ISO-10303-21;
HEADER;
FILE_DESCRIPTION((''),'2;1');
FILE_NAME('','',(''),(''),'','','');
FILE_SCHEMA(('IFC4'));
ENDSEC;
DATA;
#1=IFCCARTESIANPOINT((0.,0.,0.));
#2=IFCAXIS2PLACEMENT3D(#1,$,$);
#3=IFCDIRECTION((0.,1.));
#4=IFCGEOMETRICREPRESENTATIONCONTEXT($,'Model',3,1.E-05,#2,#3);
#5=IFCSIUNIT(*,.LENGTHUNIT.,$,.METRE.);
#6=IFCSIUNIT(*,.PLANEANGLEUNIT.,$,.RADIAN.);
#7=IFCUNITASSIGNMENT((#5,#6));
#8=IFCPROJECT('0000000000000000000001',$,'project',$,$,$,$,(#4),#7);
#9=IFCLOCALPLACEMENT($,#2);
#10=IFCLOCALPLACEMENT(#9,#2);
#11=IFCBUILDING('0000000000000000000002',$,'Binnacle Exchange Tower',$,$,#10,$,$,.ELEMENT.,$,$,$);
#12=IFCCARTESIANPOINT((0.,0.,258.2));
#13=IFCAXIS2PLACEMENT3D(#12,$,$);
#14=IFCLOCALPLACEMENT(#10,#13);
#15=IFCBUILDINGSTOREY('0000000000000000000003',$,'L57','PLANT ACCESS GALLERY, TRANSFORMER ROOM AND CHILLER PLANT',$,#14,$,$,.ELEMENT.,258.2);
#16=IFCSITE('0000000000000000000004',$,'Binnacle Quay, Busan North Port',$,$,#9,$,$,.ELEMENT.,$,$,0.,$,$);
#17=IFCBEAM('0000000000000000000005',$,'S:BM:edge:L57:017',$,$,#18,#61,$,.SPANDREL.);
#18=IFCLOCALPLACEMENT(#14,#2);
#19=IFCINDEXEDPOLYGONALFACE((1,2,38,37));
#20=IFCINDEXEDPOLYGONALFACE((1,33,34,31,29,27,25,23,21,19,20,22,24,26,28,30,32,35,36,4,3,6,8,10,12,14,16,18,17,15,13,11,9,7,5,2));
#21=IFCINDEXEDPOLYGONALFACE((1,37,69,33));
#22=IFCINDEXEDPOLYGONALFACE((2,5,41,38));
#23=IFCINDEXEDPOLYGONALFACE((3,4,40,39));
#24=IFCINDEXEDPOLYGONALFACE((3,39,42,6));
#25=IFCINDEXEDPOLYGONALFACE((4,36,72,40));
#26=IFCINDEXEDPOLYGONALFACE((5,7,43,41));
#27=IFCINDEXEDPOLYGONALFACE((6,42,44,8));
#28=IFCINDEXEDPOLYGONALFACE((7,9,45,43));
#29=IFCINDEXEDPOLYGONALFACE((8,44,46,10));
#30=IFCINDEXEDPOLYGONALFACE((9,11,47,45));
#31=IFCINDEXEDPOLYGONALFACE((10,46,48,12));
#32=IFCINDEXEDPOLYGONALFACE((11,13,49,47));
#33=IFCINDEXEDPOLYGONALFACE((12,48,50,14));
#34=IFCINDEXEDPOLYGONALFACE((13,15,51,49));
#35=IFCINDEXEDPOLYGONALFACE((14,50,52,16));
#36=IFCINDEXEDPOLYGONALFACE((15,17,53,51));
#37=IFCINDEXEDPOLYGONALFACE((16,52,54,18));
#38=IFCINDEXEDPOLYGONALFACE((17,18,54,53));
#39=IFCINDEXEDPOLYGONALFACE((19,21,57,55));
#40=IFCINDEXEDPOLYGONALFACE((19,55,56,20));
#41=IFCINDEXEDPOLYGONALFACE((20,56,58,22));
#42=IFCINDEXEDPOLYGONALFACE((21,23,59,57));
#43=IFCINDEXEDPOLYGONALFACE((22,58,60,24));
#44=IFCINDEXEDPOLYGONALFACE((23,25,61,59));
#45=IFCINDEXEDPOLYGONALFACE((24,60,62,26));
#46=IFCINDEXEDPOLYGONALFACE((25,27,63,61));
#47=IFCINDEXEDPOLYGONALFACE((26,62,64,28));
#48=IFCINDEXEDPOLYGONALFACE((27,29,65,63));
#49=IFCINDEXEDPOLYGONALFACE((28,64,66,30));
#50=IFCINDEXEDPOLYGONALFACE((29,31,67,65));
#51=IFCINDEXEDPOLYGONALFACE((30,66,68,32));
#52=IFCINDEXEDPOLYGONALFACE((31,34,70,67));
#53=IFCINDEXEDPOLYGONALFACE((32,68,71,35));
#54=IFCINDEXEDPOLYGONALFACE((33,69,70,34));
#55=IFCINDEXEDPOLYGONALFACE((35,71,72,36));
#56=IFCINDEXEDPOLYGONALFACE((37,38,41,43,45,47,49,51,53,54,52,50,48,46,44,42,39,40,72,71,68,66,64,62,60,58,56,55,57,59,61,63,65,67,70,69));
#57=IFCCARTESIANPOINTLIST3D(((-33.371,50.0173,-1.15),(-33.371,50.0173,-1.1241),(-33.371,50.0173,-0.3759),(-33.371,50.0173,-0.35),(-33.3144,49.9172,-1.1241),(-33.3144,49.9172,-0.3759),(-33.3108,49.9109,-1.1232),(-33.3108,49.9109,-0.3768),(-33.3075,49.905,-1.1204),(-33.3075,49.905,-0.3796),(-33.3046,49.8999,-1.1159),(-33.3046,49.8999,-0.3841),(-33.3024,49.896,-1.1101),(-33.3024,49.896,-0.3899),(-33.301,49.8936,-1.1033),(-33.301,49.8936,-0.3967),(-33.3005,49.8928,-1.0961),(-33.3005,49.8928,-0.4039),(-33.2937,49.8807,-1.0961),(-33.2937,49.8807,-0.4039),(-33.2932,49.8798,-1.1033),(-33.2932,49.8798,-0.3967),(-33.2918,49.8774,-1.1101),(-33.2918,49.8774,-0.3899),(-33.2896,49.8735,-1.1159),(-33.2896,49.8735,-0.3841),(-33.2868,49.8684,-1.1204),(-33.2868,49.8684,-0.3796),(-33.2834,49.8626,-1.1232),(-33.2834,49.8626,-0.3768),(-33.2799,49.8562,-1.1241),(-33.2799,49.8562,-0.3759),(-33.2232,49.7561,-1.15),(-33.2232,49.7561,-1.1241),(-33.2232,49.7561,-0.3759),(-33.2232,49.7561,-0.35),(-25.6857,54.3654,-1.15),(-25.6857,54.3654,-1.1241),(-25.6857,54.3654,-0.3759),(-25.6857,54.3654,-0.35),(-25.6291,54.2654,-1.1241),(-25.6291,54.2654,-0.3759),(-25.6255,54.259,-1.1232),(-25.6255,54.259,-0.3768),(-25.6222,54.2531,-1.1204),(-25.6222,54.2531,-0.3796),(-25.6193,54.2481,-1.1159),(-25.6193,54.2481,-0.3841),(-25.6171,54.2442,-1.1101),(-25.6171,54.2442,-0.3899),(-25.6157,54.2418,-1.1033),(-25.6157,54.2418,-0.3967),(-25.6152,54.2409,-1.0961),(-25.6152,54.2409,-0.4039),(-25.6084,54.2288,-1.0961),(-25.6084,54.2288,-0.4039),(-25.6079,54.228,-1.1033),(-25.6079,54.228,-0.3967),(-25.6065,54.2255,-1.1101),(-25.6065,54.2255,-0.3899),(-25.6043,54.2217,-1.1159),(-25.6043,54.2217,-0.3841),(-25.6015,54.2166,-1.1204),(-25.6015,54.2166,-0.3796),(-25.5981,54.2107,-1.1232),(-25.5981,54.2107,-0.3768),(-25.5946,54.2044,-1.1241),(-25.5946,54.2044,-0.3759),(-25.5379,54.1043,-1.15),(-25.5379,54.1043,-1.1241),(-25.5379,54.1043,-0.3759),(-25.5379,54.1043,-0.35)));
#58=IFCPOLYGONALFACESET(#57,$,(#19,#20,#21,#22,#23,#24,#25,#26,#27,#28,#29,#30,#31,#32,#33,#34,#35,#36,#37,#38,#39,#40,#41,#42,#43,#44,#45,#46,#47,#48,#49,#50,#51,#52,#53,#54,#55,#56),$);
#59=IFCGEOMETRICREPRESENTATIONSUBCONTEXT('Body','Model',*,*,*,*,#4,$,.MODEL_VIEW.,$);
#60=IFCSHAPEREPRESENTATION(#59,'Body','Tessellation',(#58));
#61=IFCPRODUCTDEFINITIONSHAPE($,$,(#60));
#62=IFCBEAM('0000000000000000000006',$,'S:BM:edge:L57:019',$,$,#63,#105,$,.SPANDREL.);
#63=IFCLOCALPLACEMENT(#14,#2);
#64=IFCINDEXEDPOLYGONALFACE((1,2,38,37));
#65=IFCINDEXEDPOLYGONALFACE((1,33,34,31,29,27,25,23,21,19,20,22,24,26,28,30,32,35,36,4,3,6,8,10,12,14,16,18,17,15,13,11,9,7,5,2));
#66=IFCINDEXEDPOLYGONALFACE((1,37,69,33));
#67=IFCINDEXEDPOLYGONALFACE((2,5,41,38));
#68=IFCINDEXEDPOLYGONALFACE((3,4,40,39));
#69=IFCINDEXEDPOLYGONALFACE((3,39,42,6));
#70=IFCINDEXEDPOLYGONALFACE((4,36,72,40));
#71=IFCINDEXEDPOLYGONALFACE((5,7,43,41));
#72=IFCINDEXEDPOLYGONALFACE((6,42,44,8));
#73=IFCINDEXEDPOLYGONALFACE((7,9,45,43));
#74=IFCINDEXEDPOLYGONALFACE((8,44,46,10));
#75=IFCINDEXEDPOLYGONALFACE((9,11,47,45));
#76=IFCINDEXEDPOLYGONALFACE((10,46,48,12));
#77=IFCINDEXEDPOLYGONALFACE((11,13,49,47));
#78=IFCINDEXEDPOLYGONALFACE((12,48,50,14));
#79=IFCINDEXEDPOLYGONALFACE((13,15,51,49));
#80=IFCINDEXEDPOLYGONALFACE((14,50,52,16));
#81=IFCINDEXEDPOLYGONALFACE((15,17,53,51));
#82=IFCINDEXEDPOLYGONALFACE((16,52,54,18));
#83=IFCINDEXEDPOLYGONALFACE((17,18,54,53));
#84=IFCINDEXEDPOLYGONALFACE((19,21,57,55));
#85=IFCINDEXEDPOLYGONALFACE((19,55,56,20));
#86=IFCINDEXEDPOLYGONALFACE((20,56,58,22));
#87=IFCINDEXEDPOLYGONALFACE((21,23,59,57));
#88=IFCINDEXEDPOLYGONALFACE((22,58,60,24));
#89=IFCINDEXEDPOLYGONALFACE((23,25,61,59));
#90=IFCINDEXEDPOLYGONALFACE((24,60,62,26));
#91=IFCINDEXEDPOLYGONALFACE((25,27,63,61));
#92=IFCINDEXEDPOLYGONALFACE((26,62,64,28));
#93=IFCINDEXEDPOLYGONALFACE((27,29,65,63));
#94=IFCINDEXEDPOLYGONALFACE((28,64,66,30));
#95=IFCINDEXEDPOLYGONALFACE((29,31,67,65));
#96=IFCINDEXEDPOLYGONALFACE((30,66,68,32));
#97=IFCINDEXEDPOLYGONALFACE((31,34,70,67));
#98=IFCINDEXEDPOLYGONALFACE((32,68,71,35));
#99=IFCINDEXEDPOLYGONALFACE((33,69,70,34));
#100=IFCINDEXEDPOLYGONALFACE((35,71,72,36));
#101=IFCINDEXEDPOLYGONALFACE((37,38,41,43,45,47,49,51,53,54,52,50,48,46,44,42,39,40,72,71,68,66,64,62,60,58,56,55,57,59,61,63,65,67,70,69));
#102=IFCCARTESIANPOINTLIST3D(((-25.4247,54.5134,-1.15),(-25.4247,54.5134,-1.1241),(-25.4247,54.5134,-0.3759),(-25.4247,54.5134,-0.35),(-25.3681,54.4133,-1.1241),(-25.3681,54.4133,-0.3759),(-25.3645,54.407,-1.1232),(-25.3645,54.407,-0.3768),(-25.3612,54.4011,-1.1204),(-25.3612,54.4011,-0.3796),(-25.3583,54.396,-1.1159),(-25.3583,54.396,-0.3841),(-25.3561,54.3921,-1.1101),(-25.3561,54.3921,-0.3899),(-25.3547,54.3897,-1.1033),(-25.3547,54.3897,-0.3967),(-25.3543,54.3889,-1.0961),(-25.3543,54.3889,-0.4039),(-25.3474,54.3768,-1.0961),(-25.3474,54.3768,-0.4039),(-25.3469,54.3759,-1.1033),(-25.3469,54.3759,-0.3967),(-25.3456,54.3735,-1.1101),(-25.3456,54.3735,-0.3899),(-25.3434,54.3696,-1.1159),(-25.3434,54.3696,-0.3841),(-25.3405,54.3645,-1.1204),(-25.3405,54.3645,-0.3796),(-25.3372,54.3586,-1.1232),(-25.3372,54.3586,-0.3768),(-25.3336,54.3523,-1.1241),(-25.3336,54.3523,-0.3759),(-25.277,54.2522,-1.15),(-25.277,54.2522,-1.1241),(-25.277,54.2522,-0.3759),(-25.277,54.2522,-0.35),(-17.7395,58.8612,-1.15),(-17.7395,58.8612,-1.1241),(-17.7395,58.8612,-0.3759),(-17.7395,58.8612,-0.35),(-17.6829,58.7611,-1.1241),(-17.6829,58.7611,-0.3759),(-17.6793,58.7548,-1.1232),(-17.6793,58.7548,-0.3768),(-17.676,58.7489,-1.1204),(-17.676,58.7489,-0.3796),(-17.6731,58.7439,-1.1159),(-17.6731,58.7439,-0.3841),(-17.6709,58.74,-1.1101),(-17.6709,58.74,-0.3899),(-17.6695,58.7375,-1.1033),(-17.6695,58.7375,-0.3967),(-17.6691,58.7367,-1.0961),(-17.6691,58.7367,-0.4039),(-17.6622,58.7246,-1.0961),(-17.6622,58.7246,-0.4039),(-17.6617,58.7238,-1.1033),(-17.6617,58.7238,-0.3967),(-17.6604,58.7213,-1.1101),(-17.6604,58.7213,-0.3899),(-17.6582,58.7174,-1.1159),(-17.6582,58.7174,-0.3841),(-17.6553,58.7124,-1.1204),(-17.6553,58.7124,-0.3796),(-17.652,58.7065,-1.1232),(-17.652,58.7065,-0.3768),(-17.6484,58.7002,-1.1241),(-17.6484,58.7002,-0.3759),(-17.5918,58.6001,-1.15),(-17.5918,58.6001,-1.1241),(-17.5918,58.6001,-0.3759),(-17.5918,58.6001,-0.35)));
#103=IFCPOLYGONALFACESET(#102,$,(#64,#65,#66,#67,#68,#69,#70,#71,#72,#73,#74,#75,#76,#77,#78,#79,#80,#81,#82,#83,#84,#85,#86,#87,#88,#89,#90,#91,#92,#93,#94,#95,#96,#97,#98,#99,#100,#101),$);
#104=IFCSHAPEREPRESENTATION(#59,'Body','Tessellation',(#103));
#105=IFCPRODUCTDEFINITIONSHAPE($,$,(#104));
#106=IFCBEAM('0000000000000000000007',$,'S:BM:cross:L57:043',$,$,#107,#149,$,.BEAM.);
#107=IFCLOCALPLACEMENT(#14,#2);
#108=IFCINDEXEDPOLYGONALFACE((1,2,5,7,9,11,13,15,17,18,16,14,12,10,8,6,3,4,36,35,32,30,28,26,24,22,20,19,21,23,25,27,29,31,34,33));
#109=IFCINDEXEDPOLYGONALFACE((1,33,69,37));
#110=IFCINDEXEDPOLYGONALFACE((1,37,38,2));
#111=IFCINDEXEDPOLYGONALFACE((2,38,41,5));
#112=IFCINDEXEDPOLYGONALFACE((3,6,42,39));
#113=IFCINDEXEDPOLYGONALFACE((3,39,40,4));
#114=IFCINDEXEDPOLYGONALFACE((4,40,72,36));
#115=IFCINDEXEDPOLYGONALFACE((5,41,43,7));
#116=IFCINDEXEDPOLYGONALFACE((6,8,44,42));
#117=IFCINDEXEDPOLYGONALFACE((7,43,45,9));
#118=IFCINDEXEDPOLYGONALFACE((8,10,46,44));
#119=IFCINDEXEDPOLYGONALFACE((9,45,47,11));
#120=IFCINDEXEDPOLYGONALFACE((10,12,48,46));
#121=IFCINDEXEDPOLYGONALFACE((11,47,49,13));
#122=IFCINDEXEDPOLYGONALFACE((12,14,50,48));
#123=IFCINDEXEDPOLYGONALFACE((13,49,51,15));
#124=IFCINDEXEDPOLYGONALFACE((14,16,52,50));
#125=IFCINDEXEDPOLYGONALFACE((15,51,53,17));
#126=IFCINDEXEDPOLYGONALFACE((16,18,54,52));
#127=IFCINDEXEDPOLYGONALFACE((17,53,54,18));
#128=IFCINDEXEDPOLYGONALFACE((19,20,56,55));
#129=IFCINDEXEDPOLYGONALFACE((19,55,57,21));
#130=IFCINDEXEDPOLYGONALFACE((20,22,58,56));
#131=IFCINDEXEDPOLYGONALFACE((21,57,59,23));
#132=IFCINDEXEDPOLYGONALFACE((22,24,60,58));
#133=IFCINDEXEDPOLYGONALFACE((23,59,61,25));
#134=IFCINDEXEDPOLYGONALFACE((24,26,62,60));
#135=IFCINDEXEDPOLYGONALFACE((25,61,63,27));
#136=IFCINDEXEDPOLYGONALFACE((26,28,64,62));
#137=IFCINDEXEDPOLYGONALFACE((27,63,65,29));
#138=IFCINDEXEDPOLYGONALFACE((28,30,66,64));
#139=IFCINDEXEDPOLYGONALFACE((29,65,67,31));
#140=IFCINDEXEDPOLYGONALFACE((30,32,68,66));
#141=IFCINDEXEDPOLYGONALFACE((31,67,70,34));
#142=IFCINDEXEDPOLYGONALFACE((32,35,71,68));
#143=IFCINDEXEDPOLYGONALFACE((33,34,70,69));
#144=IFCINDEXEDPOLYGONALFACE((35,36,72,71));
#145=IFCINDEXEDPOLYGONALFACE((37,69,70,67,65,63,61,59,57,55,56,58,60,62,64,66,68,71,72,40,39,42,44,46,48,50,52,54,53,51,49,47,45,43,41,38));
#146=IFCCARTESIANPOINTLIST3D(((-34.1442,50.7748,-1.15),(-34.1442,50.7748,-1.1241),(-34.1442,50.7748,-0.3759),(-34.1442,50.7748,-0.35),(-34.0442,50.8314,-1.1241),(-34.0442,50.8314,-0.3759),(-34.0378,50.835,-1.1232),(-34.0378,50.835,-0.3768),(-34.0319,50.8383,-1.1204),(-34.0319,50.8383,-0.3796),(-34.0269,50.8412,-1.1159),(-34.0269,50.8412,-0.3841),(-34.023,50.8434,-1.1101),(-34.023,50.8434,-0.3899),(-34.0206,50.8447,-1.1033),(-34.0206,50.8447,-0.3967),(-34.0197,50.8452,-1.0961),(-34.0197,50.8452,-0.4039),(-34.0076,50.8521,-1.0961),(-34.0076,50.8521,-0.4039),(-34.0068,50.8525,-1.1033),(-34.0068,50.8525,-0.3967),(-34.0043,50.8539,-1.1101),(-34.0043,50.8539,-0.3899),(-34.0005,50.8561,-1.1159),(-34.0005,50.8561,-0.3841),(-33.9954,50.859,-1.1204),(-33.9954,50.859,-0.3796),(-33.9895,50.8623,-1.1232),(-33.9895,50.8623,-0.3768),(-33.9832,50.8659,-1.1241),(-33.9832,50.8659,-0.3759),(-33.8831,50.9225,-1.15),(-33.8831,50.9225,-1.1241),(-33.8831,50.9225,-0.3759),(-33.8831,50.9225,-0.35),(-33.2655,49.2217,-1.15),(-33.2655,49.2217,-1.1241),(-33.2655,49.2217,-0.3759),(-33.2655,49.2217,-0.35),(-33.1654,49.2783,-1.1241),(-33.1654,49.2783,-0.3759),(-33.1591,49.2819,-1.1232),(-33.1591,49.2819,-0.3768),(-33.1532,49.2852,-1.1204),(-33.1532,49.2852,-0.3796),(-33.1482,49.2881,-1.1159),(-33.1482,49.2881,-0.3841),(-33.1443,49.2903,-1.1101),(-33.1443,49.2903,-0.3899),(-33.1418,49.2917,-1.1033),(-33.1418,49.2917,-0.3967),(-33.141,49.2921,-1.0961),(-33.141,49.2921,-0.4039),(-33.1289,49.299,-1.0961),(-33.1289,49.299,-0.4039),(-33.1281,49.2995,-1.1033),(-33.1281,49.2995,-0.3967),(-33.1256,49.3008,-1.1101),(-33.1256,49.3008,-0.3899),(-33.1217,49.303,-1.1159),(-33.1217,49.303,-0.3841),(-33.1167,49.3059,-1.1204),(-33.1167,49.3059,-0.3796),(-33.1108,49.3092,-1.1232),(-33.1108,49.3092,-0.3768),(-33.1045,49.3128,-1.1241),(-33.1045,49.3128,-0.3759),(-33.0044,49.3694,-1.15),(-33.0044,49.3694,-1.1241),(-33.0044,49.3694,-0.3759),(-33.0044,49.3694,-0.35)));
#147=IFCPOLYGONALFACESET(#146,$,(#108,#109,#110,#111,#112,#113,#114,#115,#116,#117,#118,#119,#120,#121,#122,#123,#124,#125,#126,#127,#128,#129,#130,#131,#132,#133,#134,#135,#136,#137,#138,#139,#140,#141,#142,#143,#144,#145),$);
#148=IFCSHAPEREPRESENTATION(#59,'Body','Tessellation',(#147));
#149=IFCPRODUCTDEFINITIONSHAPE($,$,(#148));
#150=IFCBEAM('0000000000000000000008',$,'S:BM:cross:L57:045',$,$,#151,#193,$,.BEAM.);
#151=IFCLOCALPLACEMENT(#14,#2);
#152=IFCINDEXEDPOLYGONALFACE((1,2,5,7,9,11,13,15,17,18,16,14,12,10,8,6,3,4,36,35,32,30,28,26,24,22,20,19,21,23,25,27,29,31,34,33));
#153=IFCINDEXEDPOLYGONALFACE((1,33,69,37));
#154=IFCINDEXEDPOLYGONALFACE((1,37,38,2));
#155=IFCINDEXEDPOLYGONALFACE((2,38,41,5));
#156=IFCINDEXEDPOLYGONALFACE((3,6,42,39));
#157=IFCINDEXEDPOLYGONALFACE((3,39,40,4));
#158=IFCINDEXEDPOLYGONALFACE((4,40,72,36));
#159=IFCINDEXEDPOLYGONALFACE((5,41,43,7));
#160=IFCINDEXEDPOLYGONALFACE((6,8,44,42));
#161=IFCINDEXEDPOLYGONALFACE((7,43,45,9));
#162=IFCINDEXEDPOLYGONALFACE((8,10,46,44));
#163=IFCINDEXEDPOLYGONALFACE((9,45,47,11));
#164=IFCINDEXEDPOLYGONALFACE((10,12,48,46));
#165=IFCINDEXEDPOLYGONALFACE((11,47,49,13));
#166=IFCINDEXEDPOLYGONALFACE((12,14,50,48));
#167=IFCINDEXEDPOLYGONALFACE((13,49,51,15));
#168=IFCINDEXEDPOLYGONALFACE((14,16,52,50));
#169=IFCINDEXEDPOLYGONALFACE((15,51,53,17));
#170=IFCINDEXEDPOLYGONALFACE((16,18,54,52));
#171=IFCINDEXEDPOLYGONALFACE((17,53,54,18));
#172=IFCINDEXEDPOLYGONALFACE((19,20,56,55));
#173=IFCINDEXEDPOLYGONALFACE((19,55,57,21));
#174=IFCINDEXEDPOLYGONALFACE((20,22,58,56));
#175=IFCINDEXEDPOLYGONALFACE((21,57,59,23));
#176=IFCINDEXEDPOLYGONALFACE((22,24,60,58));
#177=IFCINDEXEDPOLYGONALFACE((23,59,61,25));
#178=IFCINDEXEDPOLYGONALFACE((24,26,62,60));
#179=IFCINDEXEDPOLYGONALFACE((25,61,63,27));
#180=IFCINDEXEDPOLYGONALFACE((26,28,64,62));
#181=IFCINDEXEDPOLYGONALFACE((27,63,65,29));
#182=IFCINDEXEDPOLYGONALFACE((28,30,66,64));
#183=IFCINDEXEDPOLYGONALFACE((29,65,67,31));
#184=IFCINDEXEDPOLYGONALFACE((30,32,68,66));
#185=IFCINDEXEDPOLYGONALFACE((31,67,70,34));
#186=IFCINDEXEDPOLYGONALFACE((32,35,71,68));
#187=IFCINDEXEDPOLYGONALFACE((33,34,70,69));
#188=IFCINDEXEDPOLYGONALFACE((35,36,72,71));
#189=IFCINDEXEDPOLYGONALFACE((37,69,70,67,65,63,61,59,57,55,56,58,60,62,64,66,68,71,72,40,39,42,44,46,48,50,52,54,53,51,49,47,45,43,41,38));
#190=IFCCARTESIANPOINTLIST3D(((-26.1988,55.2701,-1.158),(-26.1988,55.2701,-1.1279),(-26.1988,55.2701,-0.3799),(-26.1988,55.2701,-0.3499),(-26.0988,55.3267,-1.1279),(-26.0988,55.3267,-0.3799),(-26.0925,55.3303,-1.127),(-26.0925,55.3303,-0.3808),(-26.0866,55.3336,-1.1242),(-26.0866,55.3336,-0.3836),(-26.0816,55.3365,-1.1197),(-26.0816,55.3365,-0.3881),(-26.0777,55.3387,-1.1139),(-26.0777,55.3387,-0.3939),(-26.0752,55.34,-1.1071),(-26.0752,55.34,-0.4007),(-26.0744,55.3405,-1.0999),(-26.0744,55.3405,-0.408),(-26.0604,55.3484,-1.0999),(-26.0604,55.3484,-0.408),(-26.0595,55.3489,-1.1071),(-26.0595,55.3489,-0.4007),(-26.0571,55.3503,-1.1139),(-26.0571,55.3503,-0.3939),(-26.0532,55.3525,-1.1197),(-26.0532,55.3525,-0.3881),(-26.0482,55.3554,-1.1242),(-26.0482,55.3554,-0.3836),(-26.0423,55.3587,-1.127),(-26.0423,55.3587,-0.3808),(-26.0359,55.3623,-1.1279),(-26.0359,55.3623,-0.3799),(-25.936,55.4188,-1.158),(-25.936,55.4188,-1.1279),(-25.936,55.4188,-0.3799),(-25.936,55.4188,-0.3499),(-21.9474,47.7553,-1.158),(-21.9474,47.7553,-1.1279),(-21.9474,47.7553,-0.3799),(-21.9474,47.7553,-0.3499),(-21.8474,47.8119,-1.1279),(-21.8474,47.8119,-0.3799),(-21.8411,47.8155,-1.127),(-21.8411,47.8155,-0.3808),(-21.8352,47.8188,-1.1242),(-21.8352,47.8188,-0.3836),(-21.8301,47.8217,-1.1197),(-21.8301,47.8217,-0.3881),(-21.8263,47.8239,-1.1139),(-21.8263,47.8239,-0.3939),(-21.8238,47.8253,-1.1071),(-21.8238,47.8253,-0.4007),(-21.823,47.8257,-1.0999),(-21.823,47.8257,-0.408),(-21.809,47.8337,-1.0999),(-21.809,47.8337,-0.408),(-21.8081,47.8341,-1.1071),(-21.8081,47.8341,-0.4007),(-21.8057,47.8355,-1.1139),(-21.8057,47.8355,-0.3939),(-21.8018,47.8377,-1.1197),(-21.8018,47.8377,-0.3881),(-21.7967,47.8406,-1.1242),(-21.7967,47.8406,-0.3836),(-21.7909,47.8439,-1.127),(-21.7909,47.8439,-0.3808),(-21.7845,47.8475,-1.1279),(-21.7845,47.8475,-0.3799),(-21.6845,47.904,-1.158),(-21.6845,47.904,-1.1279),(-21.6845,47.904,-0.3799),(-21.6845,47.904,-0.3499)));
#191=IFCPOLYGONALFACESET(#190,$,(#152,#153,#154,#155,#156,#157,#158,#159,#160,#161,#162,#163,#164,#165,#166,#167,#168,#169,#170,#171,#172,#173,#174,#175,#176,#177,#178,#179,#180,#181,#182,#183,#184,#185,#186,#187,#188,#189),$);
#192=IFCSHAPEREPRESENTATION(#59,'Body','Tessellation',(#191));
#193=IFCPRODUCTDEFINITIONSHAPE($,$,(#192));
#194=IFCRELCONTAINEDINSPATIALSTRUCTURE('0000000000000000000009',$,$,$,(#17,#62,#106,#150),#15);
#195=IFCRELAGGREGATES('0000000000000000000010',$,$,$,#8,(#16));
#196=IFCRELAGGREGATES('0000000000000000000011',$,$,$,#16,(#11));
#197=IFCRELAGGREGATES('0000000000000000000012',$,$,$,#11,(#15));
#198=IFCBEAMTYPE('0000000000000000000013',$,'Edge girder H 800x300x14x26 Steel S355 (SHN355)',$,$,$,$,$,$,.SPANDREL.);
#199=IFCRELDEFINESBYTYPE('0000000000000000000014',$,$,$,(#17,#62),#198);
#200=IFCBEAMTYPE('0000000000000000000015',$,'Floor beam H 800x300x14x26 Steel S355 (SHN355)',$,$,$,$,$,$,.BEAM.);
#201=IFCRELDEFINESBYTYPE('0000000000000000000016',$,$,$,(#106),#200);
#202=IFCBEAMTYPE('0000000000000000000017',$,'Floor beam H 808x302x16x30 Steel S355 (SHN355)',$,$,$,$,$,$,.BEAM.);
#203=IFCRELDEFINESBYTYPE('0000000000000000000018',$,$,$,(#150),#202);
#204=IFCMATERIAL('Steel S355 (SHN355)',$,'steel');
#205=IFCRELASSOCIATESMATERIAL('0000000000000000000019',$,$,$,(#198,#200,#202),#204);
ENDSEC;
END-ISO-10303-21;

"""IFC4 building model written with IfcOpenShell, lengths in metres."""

from ifc_helpers import new_model, si_unit, direction, frame, origin, origin_2d, place, context, subcontext, project, spatial, i_section, extrude, material, material_profile, profile_set, type_object, element, save


model = new_model("IFC4")

# Units and contexts
model_context = context("Model", 3, precision=1e-05, world=origin(), true_north=direction((0.0, 1.0)))
body_context = subcontext(model_context, "Body", "Model", "MODEL_VIEW")
ifc_project = project(units=[si_unit("LENGTHUNIT", "METRE"), si_unit("PLANEANGLEUNIT", "RADIAN")], contexts=[model_context])

# Site, building, storey
site_placement = place(None, origin())
site = spatial("IfcSite", under=ifc_project, at=site_placement, Name="Binnacle Quay, Busan North Port", CompositionType="ELEMENT", RefElevation=0.0)
building_placement = place(site_placement, origin())
building = spatial("IfcBuilding", under=site, at=building_placement, Name="Binnacle Exchange Tower", CompositionType="ELEMENT")
storey_placement = place(building_placement, frame((0.0, 0.0, 258.2)))
storey = spatial("IfcBuildingStorey", under=building, at=storey_placement, Name="L57", Description="PLANT ACCESS GALLERY, TRANSFORMER ROOM AND CHILLER PLANT", CompositionType="ELEMENT", Elevation=258.2)

# Shared definitions
ifc_material_1 = material(Name="Steel S355 (SHN355)", Category="steel")

# Beams
ifc_material_profile_1 = material_profile(ifc_material_1, i_section(OverallWidth=0.3, OverallDepth=0.8, WebThickness=0.0139, FlangeThickness=0.0259, FilletRadius=0.0281, at=origin_2d()), Name="H 800x300x14x26")
ifc_profile_set_1 = profile_set([ifc_material_profile_1], Name="Steel S355 (SHN355)")
beam_type_1 = type_object("IfcBeamType", Name="Edge girder H 800x300x14x26 Steel S355 (SHN355)", PredefinedType="SPANDREL", material=ifc_profile_set_1)
beam_1_placement = place(storey_placement, frame((-33.2971, 49.8867, -0.75), z_axis=(0.870355, 0.492424, 0.0), x_axis=(-0.492424, 0.870355, 0.0)))
element("IfcBeam", 1, at=beam_1_placement, inside=storey, type_object=beam_type_1, Name="S:BM:edge:L57:017", PredefinedType="SPANDREL", context=body_context, shape_type="SweptSolid", body=[
    extrude(i_section(OverallWidth=0.3, OverallDepth=0.8, WebThickness=0.0139, FlangeThickness=0.0259, FilletRadius=0.0281, at=origin_2d()), origin(), (0.0, 0.0, 1.0), 8.8301),
])
beam_2_placement = place(storey_placement, frame((-25.3508, 54.3828, -0.75), z_axis=(0.870367, 0.492403, 0.0), x_axis=(-0.492403, 0.870367, 0.0)))
element("IfcBeam", 2, at=beam_2_placement, inside=storey, type_object=beam_type_1, Name="S:BM:edge:L57:019", PredefinedType="SPANDREL", context=body_context, shape_type="SweptSolid", body=[
    extrude(i_section(OverallWidth=0.3, OverallDepth=0.8, WebThickness=0.0139, FlangeThickness=0.0259, FilletRadius=0.0281, at=origin_2d()), origin(), (0.0, 0.0, 1.0), 8.8298),
])
ifc_material_profile_2 = material_profile(ifc_material_1, i_section(OverallWidth=0.3, OverallDepth=0.8, WebThickness=0.0139, FlangeThickness=0.0259, FilletRadius=0.0281, at=origin_2d()), Name="H 800x300x14x26")
ifc_profile_set_2 = profile_set([ifc_material_profile_2], Name="Steel S355 (SHN355)")
beam_type_2 = type_object("IfcBeamType", Name="Floor beam H 800x300x14x26 Steel S355 (SHN355)", PredefinedType="BEAM", material=ifc_profile_set_2)
beam_3_placement = place(storey_placement, frame((-34.0137, 50.8486, -0.75), z_axis=(0.492436, -0.870349, 0.0), x_axis=(0.870349, 0.492436, 0.0)))
element("IfcBeam", 3, at=beam_3_placement, inside=storey, type_object=beam_type_2, Name="S:BM:cross:L57:043", PredefinedType="BEAM", context=body_context, shape_type="SweptSolid", body=[
    extrude(i_section(OverallWidth=0.3, OverallDepth=0.8, WebThickness=0.0139, FlangeThickness=0.0259, FilletRadius=0.0281, at=origin_2d()), origin(), (0.0, 0.0, 1.0), 1.7844),
])
ifc_material_profile_3 = material_profile(ifc_material_1, i_section(OverallWidth=0.302, OverallDepth=0.8081, WebThickness=0.0161, FlangeThickness=0.03, FilletRadius=0.0281, at=origin_2d()), Name="H 808x302x16x30")
ifc_profile_set_3 = profile_set([ifc_material_profile_3], Name="Steel S355 (SHN355)")
beam_type_3 = type_object("IfcBeamType", Name="Floor beam H 808x302x16x30 Steel S355 (SHN355)", PredefinedType="BEAM", material=ifc_profile_set_3)
beam_4_placement = place(storey_placement, frame((-26.0674, 55.3445, -0.7539), z_axis=(0.492401, -0.870368, 0.0), x_axis=(0.870368, 0.492401, 0.0)))
element("IfcBeam", 4, at=beam_4_placement, inside=storey, type_object=beam_type_3, Name="S:BM:cross:L57:045", PredefinedType="BEAM", context=body_context, shape_type="SweptSolid", body=[
    extrude(i_section(OverallWidth=0.302, OverallDepth=0.8081, WebThickness=0.0161, FlangeThickness=0.03, FilletRadius=0.0281, at=origin_2d()), origin(), (0.0, 0.0, 1.0), 8.634),
])

save(model, "model.ifc")
